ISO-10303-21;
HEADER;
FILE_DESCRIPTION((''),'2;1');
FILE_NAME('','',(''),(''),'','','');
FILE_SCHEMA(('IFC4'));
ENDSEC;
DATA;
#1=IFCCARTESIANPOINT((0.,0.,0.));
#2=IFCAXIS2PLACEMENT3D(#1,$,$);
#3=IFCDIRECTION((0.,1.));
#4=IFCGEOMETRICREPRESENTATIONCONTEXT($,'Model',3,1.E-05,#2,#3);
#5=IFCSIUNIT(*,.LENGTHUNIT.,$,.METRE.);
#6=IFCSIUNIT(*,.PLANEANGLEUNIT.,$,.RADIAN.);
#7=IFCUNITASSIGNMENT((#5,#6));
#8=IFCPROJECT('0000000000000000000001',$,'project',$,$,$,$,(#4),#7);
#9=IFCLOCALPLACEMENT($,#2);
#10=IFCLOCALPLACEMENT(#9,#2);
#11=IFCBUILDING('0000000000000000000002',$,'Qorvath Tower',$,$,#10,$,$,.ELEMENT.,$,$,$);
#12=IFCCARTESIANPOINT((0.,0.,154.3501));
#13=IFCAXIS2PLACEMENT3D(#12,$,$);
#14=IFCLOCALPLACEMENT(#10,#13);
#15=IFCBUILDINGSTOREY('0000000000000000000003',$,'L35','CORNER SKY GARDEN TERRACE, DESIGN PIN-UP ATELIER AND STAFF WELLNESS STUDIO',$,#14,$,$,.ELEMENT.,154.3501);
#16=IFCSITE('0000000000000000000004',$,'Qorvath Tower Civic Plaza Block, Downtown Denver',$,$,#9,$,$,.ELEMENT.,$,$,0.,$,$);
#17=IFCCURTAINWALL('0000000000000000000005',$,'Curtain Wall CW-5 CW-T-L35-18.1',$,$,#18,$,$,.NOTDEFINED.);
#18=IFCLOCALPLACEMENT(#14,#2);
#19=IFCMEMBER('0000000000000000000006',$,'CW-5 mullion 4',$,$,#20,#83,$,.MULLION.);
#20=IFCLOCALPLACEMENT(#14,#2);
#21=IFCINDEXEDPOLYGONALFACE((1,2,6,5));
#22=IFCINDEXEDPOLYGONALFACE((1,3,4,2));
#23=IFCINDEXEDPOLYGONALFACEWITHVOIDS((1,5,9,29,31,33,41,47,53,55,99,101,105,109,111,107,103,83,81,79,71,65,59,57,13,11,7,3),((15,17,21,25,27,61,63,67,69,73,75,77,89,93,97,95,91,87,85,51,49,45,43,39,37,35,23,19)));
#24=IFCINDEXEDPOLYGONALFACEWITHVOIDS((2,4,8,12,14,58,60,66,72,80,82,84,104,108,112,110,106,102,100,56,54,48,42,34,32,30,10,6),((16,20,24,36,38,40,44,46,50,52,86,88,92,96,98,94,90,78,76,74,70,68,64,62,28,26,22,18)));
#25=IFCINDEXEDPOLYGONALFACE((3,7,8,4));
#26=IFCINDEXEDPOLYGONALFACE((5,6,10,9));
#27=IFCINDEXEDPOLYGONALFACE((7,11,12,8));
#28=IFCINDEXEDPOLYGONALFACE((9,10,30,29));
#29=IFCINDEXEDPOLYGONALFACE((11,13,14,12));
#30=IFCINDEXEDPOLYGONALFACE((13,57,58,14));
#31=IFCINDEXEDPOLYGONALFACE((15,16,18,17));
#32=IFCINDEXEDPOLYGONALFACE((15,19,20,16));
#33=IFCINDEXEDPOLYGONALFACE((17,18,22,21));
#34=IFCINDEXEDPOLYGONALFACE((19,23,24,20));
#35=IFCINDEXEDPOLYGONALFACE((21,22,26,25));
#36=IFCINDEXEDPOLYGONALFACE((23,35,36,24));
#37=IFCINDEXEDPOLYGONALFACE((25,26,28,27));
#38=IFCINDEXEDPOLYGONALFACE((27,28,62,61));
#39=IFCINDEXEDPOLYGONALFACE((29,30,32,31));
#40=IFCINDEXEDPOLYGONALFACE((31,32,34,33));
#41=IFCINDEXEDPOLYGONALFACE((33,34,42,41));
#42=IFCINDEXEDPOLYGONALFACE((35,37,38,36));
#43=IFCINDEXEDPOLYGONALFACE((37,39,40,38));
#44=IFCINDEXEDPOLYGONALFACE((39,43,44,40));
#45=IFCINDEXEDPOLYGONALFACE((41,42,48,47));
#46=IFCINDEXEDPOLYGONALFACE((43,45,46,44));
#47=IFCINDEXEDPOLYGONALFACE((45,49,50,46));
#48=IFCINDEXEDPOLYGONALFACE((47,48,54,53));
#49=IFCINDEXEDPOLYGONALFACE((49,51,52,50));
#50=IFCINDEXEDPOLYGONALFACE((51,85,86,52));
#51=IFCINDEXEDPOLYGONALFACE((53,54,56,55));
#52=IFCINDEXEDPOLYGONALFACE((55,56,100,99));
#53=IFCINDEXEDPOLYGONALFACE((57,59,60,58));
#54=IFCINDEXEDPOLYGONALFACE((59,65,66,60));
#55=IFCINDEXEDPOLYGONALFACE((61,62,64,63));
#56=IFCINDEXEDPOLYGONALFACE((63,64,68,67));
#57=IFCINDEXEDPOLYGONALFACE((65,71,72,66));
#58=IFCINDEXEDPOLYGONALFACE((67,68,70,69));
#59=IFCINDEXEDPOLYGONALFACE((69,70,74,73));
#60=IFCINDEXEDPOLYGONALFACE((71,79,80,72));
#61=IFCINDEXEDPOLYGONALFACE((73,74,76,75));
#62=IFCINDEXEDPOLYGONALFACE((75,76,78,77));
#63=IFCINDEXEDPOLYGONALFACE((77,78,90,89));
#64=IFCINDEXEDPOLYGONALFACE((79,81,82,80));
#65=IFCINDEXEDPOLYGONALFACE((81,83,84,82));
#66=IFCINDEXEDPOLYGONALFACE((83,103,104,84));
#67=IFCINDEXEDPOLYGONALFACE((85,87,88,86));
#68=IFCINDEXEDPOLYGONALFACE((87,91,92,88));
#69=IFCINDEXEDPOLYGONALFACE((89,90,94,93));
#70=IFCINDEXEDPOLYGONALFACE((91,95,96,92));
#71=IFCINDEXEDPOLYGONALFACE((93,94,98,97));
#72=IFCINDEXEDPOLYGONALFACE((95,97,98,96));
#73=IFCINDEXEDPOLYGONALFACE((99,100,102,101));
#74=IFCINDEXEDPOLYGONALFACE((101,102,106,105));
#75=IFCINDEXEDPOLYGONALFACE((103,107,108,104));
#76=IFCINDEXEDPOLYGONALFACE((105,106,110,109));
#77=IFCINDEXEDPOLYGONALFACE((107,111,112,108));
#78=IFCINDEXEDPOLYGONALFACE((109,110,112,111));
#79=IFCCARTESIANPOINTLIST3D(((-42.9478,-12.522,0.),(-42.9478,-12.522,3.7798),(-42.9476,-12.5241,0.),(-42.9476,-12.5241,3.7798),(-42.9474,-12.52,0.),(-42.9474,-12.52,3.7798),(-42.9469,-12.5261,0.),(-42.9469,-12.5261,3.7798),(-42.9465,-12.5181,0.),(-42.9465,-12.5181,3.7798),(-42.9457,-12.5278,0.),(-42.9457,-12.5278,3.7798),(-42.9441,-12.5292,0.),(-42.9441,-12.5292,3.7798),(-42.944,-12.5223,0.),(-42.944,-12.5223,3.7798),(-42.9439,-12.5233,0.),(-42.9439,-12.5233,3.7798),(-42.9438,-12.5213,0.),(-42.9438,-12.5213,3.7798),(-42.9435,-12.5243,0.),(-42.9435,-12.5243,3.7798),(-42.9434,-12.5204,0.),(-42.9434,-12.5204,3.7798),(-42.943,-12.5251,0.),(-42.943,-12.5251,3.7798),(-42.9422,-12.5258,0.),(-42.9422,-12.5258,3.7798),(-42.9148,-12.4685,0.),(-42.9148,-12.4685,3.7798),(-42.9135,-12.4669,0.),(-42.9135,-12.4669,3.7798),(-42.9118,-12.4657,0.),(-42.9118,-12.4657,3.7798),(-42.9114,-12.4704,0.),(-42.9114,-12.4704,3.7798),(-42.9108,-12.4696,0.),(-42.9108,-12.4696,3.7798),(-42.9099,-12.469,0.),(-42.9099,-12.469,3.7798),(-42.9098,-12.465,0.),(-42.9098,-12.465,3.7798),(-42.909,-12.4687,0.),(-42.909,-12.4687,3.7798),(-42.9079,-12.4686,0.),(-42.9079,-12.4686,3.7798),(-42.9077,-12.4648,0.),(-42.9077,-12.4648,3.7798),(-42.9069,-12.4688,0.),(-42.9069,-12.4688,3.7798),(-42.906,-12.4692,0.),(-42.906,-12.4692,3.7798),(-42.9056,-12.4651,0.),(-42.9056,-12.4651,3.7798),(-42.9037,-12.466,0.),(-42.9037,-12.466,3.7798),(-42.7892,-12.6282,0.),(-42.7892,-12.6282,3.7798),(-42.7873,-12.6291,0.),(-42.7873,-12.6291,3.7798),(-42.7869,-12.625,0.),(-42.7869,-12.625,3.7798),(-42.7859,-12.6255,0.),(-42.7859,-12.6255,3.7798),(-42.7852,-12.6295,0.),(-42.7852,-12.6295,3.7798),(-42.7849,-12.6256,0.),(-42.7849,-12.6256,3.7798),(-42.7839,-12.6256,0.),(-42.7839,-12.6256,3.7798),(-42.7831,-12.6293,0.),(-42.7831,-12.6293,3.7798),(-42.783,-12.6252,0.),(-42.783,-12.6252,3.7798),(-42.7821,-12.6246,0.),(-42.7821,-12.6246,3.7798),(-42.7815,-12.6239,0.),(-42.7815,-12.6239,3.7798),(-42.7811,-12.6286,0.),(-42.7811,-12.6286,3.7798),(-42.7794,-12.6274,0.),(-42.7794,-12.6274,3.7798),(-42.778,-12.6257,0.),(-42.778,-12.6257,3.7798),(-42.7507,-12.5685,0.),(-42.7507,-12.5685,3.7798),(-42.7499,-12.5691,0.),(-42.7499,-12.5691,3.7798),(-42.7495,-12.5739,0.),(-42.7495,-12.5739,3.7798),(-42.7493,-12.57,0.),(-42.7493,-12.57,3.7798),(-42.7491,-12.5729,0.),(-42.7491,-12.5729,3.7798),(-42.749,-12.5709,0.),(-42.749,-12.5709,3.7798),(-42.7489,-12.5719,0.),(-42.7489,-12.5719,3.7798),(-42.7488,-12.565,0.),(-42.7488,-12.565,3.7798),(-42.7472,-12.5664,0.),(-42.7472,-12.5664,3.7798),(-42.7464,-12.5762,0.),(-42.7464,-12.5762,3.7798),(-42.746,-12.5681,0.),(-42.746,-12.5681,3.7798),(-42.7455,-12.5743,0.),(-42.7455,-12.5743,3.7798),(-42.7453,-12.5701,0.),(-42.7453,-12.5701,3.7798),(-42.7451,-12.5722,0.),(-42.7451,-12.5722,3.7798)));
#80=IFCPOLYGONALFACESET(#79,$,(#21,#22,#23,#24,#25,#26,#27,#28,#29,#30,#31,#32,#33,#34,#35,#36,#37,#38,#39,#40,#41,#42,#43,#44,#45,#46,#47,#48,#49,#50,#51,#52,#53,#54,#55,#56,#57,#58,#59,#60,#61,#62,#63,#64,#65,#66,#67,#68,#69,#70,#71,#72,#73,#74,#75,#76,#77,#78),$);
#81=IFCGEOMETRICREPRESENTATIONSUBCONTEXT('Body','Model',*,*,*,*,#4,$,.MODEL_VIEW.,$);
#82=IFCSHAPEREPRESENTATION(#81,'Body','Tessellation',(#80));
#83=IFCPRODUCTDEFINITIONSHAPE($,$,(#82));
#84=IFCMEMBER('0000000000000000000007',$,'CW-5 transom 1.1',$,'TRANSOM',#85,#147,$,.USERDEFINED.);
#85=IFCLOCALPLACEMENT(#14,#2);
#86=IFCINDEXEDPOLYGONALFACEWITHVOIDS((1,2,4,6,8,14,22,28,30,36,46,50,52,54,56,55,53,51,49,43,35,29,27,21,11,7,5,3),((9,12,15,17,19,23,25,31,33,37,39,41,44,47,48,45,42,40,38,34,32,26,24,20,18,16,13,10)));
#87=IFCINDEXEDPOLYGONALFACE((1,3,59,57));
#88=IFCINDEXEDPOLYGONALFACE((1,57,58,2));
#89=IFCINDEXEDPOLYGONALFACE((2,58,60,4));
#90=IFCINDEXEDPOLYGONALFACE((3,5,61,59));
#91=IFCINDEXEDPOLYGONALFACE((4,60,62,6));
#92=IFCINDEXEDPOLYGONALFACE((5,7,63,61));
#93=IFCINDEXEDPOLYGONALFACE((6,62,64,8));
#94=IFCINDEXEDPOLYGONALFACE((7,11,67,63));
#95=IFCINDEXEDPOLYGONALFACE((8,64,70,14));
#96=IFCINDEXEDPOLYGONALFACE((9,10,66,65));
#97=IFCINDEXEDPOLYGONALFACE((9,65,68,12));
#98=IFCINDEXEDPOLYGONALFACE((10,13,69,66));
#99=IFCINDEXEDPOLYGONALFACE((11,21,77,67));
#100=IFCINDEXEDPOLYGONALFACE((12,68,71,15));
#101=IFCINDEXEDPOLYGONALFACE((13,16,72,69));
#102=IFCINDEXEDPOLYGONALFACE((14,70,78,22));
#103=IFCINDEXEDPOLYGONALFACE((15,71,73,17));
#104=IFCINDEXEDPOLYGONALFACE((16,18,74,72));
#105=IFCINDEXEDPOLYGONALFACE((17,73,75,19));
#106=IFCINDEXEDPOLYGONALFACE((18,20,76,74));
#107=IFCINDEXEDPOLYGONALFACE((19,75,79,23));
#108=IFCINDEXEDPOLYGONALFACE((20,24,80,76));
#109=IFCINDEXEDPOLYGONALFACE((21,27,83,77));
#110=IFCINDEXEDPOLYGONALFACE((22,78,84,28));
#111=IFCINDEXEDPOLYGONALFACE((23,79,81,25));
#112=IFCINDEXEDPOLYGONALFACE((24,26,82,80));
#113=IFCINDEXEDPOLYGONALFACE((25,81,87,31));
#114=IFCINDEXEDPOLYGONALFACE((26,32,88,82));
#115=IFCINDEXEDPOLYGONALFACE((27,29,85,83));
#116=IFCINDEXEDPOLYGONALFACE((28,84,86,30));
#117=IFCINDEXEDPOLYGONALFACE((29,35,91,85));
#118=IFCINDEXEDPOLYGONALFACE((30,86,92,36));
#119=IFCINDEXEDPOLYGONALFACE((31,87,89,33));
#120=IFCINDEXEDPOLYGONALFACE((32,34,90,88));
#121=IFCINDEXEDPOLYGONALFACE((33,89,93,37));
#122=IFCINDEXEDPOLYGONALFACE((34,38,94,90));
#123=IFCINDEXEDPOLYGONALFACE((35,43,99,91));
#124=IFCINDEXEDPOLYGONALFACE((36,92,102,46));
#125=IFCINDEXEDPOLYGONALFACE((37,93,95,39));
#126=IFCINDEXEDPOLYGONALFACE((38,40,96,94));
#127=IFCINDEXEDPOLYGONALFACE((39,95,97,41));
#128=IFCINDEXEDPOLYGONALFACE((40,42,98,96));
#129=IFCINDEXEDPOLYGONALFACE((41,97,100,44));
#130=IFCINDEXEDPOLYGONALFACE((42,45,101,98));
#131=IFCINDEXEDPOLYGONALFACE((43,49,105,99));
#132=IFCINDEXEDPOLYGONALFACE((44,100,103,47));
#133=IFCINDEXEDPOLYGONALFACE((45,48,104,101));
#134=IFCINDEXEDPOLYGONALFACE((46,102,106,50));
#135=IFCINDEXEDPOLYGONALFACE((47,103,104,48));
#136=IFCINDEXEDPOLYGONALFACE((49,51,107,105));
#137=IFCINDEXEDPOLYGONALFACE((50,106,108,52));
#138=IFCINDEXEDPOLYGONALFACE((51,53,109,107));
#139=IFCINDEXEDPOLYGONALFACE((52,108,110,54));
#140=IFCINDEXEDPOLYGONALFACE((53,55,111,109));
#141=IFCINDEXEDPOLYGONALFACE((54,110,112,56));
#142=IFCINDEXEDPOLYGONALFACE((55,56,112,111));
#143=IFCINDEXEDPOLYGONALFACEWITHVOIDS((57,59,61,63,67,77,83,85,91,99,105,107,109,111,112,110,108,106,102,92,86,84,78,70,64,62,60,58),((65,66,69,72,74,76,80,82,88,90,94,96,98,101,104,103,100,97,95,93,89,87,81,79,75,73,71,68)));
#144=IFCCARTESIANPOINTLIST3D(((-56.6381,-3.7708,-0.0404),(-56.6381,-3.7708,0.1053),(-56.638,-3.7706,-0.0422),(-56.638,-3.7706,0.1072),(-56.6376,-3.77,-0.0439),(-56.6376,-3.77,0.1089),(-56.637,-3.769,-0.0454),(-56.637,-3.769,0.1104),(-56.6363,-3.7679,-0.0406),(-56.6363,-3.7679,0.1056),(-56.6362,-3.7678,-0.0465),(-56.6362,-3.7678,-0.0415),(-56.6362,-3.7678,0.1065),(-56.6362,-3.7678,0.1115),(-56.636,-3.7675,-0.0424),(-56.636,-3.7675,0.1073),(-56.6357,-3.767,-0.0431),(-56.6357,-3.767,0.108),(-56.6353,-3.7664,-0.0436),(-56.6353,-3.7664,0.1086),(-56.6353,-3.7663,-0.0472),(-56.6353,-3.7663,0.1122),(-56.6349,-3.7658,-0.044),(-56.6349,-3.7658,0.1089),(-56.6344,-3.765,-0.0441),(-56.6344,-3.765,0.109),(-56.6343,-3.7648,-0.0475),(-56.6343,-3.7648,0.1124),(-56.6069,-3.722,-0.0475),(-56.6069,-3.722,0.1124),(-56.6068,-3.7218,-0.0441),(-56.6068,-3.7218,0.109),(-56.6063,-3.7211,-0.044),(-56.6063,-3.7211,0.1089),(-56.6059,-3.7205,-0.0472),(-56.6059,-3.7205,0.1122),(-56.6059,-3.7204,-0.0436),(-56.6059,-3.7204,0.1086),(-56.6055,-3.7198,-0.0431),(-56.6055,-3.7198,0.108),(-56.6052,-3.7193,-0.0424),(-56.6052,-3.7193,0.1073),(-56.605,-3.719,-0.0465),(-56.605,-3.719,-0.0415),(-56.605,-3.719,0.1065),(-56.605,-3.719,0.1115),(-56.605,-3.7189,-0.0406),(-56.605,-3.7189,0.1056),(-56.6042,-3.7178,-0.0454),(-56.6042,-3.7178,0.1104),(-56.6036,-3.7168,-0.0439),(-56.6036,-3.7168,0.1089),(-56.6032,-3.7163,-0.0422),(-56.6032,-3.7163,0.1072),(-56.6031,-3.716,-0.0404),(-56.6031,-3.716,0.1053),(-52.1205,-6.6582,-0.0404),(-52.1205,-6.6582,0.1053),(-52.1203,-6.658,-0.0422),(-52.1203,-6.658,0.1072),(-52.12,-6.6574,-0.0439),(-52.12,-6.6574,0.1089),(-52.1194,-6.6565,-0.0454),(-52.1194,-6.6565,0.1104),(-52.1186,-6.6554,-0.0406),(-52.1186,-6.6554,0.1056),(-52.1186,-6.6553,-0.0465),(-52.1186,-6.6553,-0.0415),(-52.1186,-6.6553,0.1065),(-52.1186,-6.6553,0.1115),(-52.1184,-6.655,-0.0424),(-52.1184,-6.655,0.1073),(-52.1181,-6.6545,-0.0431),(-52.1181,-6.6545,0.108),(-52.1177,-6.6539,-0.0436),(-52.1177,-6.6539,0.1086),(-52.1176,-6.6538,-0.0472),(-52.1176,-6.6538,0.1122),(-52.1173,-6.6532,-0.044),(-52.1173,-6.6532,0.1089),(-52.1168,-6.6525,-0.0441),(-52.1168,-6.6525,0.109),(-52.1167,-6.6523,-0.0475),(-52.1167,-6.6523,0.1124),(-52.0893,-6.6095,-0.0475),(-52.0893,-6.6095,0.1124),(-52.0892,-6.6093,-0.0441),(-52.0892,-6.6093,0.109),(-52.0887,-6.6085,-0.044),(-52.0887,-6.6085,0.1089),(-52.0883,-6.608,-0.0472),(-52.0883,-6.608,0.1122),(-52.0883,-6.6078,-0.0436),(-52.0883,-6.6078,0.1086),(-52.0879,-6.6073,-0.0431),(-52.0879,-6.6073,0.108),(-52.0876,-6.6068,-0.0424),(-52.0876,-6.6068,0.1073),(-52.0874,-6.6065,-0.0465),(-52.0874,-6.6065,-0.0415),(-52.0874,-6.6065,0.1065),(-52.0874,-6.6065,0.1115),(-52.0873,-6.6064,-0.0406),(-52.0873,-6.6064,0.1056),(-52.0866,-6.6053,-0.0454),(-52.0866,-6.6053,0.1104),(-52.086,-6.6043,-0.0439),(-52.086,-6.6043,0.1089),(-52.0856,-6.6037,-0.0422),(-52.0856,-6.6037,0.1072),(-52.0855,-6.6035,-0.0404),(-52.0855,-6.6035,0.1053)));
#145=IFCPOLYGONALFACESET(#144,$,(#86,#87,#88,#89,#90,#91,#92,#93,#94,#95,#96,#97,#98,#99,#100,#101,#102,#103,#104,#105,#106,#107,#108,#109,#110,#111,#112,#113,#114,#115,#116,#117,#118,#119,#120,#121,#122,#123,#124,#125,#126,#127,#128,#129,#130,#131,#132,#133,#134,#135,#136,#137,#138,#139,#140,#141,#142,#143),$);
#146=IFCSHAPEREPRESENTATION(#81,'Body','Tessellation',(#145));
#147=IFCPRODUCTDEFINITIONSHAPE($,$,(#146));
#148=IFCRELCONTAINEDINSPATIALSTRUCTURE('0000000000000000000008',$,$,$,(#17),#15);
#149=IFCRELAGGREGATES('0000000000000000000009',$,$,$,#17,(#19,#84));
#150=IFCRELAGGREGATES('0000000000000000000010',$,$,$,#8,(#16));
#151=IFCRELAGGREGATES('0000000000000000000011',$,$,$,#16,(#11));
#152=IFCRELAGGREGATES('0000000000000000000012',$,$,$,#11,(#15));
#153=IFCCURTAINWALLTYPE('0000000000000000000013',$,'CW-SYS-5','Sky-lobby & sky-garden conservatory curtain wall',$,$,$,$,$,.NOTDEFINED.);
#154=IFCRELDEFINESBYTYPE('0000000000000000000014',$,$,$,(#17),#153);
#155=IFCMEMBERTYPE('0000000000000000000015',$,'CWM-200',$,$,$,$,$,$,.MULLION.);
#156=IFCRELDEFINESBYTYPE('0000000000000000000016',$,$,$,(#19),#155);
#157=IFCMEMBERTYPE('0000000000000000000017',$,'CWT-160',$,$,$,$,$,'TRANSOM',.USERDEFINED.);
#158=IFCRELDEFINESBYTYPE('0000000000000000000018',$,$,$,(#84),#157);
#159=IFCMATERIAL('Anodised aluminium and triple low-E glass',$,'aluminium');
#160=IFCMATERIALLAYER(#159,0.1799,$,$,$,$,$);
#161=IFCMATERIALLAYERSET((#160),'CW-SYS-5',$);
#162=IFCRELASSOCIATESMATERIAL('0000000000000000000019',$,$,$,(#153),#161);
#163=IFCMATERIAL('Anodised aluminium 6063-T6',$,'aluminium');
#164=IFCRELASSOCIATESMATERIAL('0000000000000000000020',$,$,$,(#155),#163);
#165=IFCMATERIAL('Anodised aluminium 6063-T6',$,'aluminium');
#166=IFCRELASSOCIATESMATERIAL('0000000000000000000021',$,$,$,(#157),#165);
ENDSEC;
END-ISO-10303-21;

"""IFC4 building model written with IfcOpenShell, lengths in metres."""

from ifc_helpers import new_model, si_unit, direction, frame, origin, origin_2d, place, context, subcontext, project, spatial, hollow_rectangle, extrude, material, layer, layer_set, material_profile, profile_set, type_object, element, aggregate, save


model = new_model("IFC4")

# Units and contexts
model_context = context("Model", 3, precision=1e-05, world=origin(), true_north=direction((0.0, 1.0)))
body_context = subcontext(model_context, "Body", "Model", "MODEL_VIEW")
ifc_project = project(units=[si_unit("LENGTHUNIT", "METRE"), si_unit("PLANEANGLEUNIT", "RADIAN")], contexts=[model_context])

# Site, building, storey
site_placement = place(None, origin())
site = spatial("IfcSite", under=ifc_project, at=site_placement, Name="Qorvath Tower Civic Plaza Block, Downtown Denver", CompositionType="ELEMENT", RefElevation=0.0)
building_placement = place(site_placement, origin())
building = spatial("IfcBuilding", under=site, at=building_placement, Name="Qorvath Tower", CompositionType="ELEMENT")
storey_placement = place(building_placement, frame((0.0, 0.0, 154.3501)))
storey = spatial("IfcBuildingStorey", under=building, at=storey_placement, Name="L35", Description="CORNER SKY GARDEN TERRACE, DESIGN PIN-UP ATELIER AND STAFF WELLNESS STUDIO", CompositionType="ELEMENT", Elevation=154.3501)

# Shared definitions
ifc_material_1 = material(Name="Anodised aluminium and triple low-E glass", Category="aluminium")
ifc_layer_1 = layer(ifc_material_1, 0.1799)
ifc_layer_set_1 = layer_set([ifc_layer_1], Name="CW-SYS-5")
curtain_wall_type = type_object("IfcCurtainWallType", Name="CW-SYS-5", Description="Sky-lobby & sky-garden conservatory curtain wall", PredefinedType="NOTDEFINED", material=ifc_layer_set_1)
ifc_material_2 = material(Name="Anodised aluminium 6063-T6", Category="aluminium")
ifc_material_profile_1 = material_profile(ifc_material_2, hollow_rectangle(XDim=0.075, YDim=0.2, WallThickness=0.0039, InnerFilletRadius=0.0039, OuterFilletRadius=0.0081, at=origin_2d()), Name="CWM 200x75")
ifc_profile_set_1 = profile_set([ifc_material_profile_1], Name="Anodised aluminium 6063-T6")
member_type_1 = type_object("IfcMemberType", Name="CWM-200", PredefinedType="MULLION", material=ifc_profile_set_1)

# Curtain wall, members
curtain_wall_1_placement = place(storey_placement, origin())
curtain_wall_1 = element("IfcCurtainWall", 1, at=curtain_wall_1_placement, inside=storey, type_object=curtain_wall_type, Name="Curtain Wall CW-5 CW-T-L35-18.1", PredefinedType="NOTDEFINED")
member_1_placement = place(storey_placement, frame((-42.8464, -12.5471, 0.0), z_axis=(0.0, 0.0, 1.0), x_axis=(0.538536, 0.842602, 0.0)))
member_1 = element("IfcMember", 2, at=member_1_placement, type_object=member_type_1, Name="CW-5 mullion 4", PredefinedType="MULLION", context=body_context, shape_type="SweptSolid", body=[
    extrude(hollow_rectangle(XDim=0.075, YDim=0.2, WallThickness=0.0039, InnerFilletRadius=0.0039, OuterFilletRadius=0.0081, at=origin_2d()), origin(), (0.0, 0.0, 1.0), 3.7798),
])
ifc_material_3 = material(Name="Anodised aluminium 6063-T6", Category="aluminium")
ifc_material_profile_2 = material_profile(ifc_material_3, hollow_rectangle(XDim=0.0649, YDim=0.1599, WallThickness=0.0034, InnerFilletRadius=0.0034, OuterFilletRadius=0.0071, at=origin_2d()), Name="CWT 160x65")
ifc_profile_set_2 = profile_set([ifc_material_profile_2], Name="Anodised aluminium 6063-T6")
member_type_2 = type_object("IfcMemberType", Name="CWT-160", ElementType="TRANSOM", PredefinedType="USERDEFINED", material=ifc_profile_set_2)
member_2_placement = place(storey_placement, frame((-56.6206, -3.7434, 0.0325), z_axis=(0.842593, -0.538551, 0.0), x_axis=(0.538551, 0.842593, 0.0)))
member_2 = element("IfcMember", 3, at=member_2_placement, type_object=member_type_2, Name="CW-5 transom 1.1", ObjectType="TRANSOM", PredefinedType="USERDEFINED", context=body_context, shape_type="SweptSolid", body=[
    extrude(hollow_rectangle(XDim=0.0649, YDim=0.1599, WallThickness=0.0034, InnerFilletRadius=0.0034, OuterFilletRadius=0.0071, at=origin_2d()), origin(), (0.0, 0.0, 1.0), 5.3616),
])

aggregate(curtain_wall_1, [member_1, member_2])

save(model, "model.ifc")
